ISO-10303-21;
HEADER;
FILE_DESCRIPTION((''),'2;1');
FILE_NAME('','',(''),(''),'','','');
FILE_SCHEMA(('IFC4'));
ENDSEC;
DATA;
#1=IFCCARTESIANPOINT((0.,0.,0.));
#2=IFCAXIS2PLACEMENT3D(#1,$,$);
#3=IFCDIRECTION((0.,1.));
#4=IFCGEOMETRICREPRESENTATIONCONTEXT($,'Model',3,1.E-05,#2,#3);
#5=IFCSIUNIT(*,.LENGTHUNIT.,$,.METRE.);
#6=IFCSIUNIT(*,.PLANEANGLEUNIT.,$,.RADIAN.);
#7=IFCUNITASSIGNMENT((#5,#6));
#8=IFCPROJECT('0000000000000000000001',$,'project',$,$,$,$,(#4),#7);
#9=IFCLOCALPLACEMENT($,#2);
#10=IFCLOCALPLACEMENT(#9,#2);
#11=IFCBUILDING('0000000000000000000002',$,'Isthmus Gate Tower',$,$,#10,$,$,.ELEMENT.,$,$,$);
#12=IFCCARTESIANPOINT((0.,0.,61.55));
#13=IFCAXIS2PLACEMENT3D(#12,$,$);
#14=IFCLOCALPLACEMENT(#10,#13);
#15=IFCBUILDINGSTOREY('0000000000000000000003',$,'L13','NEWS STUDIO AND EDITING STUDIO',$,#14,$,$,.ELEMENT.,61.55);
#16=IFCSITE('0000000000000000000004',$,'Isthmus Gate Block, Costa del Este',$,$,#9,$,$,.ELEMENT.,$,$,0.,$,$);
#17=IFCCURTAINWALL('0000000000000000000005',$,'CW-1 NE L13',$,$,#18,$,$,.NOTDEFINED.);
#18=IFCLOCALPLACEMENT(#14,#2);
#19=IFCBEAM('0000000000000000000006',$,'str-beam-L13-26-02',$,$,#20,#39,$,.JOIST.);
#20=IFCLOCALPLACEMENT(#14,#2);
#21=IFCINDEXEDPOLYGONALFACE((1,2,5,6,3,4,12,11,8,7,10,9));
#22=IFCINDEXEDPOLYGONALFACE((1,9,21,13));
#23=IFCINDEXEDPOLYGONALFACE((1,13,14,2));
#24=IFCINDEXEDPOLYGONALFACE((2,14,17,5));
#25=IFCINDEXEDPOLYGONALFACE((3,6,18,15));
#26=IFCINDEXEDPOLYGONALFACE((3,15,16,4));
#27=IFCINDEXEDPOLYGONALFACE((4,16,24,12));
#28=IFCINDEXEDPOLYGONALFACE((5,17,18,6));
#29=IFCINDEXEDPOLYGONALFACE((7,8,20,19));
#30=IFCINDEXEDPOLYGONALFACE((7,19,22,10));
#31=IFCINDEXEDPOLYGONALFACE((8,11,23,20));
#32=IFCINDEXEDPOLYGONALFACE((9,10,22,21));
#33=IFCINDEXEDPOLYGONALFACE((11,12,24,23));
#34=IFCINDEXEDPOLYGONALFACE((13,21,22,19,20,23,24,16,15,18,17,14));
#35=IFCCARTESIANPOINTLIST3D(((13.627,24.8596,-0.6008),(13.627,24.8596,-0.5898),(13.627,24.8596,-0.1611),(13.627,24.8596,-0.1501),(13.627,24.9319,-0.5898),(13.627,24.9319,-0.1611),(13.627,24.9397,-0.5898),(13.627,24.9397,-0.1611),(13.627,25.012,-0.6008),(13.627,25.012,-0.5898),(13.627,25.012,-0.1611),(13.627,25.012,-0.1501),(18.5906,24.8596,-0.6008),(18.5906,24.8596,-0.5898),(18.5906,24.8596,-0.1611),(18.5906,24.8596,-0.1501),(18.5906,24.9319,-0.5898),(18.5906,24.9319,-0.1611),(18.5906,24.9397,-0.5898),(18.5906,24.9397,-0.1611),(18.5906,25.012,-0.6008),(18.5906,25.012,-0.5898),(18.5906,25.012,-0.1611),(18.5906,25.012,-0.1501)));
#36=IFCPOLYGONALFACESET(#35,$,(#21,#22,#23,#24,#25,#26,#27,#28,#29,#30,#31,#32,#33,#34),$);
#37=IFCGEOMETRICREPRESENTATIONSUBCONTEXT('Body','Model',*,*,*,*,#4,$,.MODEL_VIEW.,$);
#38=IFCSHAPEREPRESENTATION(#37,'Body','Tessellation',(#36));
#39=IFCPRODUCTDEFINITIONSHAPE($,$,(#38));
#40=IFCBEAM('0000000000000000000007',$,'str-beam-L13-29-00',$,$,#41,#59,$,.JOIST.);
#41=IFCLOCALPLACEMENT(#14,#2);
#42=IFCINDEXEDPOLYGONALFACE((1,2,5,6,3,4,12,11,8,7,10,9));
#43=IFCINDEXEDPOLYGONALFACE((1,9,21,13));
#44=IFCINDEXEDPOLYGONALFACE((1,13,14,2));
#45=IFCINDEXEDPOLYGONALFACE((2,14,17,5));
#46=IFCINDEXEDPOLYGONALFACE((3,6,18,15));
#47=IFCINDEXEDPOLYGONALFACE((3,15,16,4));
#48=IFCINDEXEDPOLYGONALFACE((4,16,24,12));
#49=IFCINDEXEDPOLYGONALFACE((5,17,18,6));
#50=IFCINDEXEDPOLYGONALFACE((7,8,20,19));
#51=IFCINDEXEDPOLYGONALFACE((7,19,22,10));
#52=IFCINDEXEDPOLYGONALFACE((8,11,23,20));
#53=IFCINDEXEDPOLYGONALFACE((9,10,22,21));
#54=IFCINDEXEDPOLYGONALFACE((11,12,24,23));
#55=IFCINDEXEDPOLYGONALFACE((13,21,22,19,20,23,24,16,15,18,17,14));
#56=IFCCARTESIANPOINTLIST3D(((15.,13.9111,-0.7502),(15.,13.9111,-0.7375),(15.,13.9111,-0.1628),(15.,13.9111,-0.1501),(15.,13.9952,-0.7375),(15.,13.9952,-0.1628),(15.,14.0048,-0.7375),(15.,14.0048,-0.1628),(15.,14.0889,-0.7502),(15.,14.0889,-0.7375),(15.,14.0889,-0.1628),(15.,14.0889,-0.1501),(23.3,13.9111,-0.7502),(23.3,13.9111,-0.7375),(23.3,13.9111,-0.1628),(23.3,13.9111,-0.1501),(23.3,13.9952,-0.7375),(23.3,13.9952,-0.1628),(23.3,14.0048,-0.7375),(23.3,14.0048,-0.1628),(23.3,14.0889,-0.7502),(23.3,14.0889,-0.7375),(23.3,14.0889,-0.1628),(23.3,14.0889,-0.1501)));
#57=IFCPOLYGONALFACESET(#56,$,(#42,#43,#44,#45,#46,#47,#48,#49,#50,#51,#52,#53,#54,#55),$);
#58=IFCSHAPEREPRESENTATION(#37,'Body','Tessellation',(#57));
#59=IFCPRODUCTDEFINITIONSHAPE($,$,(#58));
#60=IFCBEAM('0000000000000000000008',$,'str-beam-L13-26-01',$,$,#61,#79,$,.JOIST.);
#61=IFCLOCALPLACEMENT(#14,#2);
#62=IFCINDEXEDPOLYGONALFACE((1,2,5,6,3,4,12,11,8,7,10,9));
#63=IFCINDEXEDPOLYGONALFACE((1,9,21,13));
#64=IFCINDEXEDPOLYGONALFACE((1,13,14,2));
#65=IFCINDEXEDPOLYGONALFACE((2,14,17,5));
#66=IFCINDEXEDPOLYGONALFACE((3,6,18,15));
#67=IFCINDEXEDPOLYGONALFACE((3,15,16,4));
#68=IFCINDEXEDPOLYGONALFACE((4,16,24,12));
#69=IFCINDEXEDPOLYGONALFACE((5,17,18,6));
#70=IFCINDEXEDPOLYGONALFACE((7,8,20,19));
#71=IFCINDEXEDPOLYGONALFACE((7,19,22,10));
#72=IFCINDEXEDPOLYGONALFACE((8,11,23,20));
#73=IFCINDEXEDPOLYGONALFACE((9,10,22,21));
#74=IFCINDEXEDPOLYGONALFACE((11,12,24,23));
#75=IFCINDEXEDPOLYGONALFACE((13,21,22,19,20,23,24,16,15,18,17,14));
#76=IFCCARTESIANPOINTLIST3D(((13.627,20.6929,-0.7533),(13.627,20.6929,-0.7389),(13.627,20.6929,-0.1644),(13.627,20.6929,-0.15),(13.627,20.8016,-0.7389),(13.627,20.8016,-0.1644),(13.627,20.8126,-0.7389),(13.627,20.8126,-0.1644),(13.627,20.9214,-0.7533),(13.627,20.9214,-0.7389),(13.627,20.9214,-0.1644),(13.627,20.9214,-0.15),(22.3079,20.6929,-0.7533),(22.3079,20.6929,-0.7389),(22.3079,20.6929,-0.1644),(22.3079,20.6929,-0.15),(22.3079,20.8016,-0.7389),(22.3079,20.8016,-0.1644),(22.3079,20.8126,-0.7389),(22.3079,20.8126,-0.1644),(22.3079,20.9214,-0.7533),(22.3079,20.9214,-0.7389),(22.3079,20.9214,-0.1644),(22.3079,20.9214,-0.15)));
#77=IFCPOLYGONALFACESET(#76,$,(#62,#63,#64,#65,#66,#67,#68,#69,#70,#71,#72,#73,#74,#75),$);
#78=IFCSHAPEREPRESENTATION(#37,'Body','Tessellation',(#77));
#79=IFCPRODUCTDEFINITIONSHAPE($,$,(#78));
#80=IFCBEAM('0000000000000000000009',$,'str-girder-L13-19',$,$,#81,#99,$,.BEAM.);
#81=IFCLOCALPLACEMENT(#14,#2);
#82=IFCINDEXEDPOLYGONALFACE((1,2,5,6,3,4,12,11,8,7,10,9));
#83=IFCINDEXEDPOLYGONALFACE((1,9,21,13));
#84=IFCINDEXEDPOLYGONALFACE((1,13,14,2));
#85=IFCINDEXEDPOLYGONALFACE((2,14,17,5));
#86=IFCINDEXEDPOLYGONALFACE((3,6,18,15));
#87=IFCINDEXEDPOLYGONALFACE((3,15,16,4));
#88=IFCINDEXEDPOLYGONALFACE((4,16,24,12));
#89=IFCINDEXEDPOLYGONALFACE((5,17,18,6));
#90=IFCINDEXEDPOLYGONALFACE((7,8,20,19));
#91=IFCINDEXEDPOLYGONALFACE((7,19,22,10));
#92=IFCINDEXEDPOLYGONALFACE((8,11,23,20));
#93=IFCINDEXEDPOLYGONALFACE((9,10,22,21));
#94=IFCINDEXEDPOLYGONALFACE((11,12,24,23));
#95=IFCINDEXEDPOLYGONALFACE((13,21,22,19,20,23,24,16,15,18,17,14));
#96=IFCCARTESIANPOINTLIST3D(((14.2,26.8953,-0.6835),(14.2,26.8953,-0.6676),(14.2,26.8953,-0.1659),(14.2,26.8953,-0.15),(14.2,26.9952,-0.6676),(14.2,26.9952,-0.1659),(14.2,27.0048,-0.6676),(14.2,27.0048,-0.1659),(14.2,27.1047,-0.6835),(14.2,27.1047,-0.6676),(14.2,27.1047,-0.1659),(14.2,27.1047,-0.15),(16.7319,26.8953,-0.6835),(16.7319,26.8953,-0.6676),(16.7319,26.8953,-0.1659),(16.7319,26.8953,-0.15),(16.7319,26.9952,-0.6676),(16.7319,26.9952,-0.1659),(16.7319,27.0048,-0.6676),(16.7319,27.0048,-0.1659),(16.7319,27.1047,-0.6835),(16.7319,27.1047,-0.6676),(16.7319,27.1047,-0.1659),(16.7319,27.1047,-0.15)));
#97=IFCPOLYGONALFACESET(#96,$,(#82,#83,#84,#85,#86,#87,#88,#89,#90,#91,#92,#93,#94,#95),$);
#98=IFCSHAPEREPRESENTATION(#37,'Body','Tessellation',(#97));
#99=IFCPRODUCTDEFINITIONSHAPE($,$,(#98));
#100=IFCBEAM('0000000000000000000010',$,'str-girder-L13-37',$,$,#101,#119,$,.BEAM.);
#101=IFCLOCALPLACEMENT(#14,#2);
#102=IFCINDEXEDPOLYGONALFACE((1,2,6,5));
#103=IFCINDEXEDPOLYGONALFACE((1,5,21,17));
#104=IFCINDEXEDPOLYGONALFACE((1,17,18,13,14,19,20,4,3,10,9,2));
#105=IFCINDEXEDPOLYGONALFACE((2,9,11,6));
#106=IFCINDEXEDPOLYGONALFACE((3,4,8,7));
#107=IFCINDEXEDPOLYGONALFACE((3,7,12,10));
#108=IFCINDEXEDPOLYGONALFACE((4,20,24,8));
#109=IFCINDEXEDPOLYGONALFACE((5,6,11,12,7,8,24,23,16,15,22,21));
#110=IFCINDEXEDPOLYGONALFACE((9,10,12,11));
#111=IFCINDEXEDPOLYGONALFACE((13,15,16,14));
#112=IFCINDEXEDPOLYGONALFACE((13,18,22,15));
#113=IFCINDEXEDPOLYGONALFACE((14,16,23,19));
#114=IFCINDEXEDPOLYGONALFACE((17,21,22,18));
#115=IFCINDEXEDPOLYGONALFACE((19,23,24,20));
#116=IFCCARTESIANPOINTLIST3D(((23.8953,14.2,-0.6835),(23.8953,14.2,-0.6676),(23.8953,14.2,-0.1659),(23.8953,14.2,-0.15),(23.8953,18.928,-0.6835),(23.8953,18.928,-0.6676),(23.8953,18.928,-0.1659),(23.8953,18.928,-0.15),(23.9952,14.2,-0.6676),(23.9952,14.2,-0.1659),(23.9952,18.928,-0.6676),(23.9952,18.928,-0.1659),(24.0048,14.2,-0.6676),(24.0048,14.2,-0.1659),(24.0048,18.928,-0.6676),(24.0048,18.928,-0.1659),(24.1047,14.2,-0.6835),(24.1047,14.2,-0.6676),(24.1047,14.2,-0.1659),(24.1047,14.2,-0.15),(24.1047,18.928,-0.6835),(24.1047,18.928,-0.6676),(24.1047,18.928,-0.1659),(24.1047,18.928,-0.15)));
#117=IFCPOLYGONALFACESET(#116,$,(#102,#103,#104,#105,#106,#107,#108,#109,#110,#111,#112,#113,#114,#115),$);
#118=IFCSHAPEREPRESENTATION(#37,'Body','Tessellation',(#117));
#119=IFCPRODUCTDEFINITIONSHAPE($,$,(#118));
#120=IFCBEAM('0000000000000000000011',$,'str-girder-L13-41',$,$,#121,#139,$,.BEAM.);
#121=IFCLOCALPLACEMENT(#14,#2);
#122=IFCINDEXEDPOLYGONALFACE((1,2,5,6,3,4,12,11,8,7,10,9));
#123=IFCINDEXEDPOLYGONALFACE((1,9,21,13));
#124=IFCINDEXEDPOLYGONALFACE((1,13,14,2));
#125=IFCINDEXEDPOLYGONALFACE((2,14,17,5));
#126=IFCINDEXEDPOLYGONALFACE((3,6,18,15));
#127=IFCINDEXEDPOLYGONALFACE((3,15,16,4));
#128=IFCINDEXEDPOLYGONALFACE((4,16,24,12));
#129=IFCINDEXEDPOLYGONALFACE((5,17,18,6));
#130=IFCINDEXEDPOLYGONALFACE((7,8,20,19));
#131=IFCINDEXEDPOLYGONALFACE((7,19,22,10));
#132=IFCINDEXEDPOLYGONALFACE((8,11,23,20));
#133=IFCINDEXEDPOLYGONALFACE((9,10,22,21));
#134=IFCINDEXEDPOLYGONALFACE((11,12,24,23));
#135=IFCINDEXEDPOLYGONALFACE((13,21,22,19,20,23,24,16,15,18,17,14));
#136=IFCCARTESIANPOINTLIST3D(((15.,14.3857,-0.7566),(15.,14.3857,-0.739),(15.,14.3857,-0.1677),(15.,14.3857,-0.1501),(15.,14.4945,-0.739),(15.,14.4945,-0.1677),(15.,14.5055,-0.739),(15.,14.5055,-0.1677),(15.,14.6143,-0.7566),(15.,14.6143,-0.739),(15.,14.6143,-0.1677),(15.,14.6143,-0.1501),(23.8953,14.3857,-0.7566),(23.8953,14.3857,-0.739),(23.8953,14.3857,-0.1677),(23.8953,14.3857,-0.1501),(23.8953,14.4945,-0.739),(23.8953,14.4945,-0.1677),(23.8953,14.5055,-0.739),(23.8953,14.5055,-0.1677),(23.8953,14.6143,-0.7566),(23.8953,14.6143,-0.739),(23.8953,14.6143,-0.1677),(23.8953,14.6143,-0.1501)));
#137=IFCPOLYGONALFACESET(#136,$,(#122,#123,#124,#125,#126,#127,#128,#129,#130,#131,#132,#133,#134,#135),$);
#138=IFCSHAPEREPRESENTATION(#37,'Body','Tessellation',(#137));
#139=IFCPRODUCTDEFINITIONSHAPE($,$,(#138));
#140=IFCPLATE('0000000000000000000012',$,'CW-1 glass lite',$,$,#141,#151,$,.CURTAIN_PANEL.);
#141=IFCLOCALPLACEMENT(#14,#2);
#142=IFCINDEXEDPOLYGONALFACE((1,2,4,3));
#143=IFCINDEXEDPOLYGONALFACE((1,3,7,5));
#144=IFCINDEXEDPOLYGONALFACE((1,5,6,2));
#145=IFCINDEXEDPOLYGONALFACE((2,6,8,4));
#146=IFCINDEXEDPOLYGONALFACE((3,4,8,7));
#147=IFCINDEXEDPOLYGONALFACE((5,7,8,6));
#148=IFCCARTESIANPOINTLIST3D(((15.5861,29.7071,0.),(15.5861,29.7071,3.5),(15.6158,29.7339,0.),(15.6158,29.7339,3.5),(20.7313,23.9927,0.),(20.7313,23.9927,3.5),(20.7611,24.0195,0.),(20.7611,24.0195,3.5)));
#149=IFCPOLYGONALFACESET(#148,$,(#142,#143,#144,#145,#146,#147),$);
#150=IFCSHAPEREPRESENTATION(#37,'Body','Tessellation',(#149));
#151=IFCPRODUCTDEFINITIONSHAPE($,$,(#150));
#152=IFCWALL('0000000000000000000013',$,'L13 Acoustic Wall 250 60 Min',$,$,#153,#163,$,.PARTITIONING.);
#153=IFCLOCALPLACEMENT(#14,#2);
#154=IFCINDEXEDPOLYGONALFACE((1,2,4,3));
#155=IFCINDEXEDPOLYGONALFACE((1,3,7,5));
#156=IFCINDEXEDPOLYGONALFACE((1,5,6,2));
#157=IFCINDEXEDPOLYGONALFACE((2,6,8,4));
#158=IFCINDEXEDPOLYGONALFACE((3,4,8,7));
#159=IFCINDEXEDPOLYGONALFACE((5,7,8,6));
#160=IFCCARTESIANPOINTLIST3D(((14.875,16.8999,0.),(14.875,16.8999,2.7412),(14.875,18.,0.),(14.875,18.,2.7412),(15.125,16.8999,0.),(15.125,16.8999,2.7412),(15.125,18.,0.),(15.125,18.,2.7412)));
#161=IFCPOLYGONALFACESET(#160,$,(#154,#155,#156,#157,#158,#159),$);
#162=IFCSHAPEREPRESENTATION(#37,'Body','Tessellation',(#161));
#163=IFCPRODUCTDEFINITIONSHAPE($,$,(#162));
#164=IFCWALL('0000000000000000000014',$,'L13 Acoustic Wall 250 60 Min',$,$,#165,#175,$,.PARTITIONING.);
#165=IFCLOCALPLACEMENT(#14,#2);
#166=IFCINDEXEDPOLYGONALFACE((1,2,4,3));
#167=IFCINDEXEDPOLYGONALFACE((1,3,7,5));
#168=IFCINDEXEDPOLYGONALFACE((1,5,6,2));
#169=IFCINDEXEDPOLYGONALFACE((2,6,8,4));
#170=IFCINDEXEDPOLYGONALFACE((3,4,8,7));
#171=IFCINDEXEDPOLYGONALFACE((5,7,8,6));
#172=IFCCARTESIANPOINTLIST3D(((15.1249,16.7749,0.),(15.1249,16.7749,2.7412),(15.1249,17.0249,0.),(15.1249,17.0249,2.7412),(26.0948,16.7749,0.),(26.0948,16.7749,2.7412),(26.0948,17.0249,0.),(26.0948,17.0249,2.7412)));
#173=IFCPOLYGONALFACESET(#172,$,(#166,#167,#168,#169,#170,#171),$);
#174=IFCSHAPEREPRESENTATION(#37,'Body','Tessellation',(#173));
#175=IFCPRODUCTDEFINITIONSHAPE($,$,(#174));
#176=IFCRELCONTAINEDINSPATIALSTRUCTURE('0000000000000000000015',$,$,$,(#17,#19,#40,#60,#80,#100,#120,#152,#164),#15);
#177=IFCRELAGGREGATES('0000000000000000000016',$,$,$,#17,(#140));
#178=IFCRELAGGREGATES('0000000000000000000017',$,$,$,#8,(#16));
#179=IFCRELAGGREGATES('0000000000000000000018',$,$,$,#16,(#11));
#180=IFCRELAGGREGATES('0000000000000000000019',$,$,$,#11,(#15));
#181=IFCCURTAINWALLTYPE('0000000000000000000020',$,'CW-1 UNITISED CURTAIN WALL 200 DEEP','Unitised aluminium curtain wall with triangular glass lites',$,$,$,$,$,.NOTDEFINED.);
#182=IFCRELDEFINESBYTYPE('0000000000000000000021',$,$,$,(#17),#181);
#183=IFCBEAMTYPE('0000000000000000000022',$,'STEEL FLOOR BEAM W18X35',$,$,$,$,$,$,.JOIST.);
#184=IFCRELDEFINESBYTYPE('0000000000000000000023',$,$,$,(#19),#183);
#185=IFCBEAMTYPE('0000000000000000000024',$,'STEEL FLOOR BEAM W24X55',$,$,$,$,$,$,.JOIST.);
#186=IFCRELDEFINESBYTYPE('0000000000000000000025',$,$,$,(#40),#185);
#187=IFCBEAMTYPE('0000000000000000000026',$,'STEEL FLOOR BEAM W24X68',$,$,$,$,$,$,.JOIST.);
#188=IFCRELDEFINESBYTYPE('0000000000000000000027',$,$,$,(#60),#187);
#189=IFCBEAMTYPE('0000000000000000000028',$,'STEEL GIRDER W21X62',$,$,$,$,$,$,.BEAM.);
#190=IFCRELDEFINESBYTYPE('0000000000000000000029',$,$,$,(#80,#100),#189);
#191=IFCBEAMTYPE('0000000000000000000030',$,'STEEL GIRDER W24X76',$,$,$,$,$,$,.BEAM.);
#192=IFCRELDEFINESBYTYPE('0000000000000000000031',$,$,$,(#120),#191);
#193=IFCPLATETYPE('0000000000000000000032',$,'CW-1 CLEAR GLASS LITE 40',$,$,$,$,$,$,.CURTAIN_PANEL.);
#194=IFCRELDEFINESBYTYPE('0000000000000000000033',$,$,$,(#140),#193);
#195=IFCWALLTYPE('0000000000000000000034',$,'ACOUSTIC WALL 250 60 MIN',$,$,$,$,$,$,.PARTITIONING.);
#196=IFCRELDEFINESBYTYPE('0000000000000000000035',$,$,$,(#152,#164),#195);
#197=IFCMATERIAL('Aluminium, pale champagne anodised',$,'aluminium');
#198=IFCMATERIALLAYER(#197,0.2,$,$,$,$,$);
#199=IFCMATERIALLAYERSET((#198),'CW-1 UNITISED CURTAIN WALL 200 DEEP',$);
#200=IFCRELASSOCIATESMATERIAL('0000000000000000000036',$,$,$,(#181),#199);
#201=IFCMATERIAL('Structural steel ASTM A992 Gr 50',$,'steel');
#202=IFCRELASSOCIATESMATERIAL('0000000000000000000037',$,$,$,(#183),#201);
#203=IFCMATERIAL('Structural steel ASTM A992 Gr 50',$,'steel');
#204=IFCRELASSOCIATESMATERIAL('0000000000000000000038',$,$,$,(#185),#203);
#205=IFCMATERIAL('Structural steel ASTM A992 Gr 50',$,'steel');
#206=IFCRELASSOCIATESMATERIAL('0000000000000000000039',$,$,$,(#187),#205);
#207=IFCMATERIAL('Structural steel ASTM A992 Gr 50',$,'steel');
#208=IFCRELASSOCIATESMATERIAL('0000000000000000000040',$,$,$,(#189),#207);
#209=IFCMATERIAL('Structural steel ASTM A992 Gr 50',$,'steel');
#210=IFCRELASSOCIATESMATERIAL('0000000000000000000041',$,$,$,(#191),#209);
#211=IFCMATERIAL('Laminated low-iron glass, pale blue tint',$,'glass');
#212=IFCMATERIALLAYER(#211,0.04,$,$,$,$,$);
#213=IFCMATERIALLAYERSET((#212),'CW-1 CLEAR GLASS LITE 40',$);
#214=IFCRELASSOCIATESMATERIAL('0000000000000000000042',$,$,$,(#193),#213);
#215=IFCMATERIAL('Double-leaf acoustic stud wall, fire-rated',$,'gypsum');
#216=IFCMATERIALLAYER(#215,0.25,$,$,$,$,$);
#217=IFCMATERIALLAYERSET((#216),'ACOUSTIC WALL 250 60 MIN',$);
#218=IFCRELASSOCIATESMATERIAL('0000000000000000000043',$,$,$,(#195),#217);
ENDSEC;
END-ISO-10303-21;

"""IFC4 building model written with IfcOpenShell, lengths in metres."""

from ifc_helpers import new_model, si_unit, direction, frame, frame_2d, origin, origin_2d, place, context, subcontext, project, spatial, rectangle, i_section, extrude, material, layer, layer_set, material_profile, profile_set, type_object, element, aggregate, save


model = new_model("IFC4")

# Units and contexts
model_context = context("Model", 3, precision=1e-05, world=origin(), true_north=direction((0.0, 1.0)))
body_context = subcontext(model_context, "Body", "Model", "MODEL_VIEW")
ifc_project = project(units=[si_unit("LENGTHUNIT", "METRE"), si_unit("PLANEANGLEUNIT", "RADIAN")], contexts=[model_context])

# Site, building, storey
site_placement = place(None, origin())
site = spatial("IfcSite", under=ifc_project, at=site_placement, Name="Isthmus Gate Block, Costa del Este", CompositionType="ELEMENT", RefElevation=0.0)
building_placement = place(site_placement, origin())
building = spatial("IfcBuilding", under=site, at=building_placement, Name="Isthmus Gate Tower", CompositionType="ELEMENT")
storey_placement = place(building_placement, frame((0.0, 0.0, 61.55)))
storey = spatial("IfcBuildingStorey", under=building, at=storey_placement, Name="L13", Description="NEWS STUDIO AND EDITING STUDIO", CompositionType="ELEMENT", Elevation=61.55)

# Curtain wall
ifc_material_1 = material(Name="Aluminium, pale champagne anodised", Category="aluminium")
ifc_layer_1 = layer(ifc_material_1, 0.2)
ifc_layer_set_1 = layer_set([ifc_layer_1], Name="CW-1 UNITISED CURTAIN WALL 200 DEEP")
curtain_wall_type = type_object("IfcCurtainWallType", Name="CW-1 UNITISED CURTAIN WALL 200 DEEP", Description="Unitised aluminium curtain wall with triangular glass lites", PredefinedType="NOTDEFINED", material=ifc_layer_set_1)
curtain_wall_1_placement = place(storey_placement, origin())
curtain_wall_1 = element("IfcCurtainWall", 1, at=curtain_wall_1_placement, inside=storey, type_object=curtain_wall_type, Name="CW-1 NE L13", PredefinedType="NOTDEFINED")

# Beams
ifc_material_2 = material(Name="Structural steel ASTM A992 Gr 50", Category="steel")
ifc_material_profile_1 = material_profile(ifc_material_2, i_section(OverallWidth=0.1523, OverallDepth=0.4507, WebThickness=0.0078, FlangeThickness=0.011, at=origin_2d()), Name="W18X35")
ifc_profile_set_1 = profile_set([ifc_material_profile_1], Name="Structural steel ASTM A992 Gr 50")
beam_type_1 = type_object("IfcBeamType", Name="STEEL FLOOR BEAM W18X35", PredefinedType="JOIST", material=ifc_profile_set_1)
beam_1_placement = place(storey_placement, frame((13.627, 24.9358, -0.3755), z_axis=(1.0, 0.0, 0.0), x_axis=(0.0, 1.0, 0.0)))
element("IfcBeam", 2, at=beam_1_placement, inside=storey, type_object=beam_type_1, Name="str-beam-L13-26-02", PredefinedType="JOIST", context=body_context, shape_type="SweptSolid", body=[
    extrude(i_section(OverallWidth=0.1523, OverallDepth=0.4507, WebThickness=0.0078, FlangeThickness=0.011, at=origin_2d()), origin(), (0.0, 0.0, 1.0), 4.9636),
])
ifc_material_3 = material(Name="Structural steel ASTM A992 Gr 50", Category="steel")
ifc_material_profile_2 = material_profile(ifc_material_3, i_section(OverallWidth=0.1777, OverallDepth=0.6001, WebThickness=0.0095, FlangeThickness=0.0127, at=origin_2d()), Name="W24X55")
ifc_profile_set_2 = profile_set([ifc_material_profile_2], Name="Structural steel ASTM A992 Gr 50")
beam_type_2 = type_object("IfcBeamType", Name="STEEL FLOOR BEAM W24X55", PredefinedType="JOIST", material=ifc_profile_set_2)
beam_2_placement = place(storey_placement, frame((15.0, 14.0, -0.4502), z_axis=(1.0, 0.0, 0.0), x_axis=(0.0, 1.0, 0.0)))
element("IfcBeam", 3, at=beam_2_placement, inside=storey, type_object=beam_type_2, Name="str-beam-L13-29-00", PredefinedType="JOIST", context=body_context, shape_type="SweptSolid", body=[
    extrude(i_section(OverallWidth=0.1777, OverallDepth=0.6001, WebThickness=0.0095, FlangeThickness=0.0127, at=origin_2d()), origin(), (0.0, 0.0, 1.0), 8.3),
])
ifc_material_4 = material(Name="Structural steel ASTM A992 Gr 50", Category="steel")
ifc_material_profile_3 = material_profile(ifc_material_4, i_section(OverallWidth=0.2285, OverallDepth=0.6033, WebThickness=0.011, FlangeThickness=0.0144, at=origin_2d()), Name="W24X68")
ifc_profile_set_3 = profile_set([ifc_material_profile_3], Name="Structural steel ASTM A992 Gr 50")
beam_type_3 = type_object("IfcBeamType", Name="STEEL FLOOR BEAM W24X68", PredefinedType="JOIST", material=ifc_profile_set_3)
beam_3_placement = place(storey_placement, frame((13.627, 20.8071, -0.4517), z_axis=(1.0, 0.0, 0.0), x_axis=(0.0, 1.0, 0.0)))
element("IfcBeam", 4, at=beam_3_placement, inside=storey, type_object=beam_type_3, Name="str-beam-L13-26-01", PredefinedType="JOIST", context=body_context, shape_type="SweptSolid", body=[
    extrude(i_section(OverallWidth=0.2285, OverallDepth=0.6033, WebThickness=0.011, FlangeThickness=0.0144, at=origin_2d()), origin(), (0.0, 0.0, 1.0), 8.6809),
])
ifc_material_5 = material(Name="Structural steel ASTM A992 Gr 50", Category="steel")
ifc_material_profile_4 = material_profile(ifc_material_5, i_section(OverallWidth=0.2095, OverallDepth=0.5334, WebThickness=0.0095, FlangeThickness=0.0159, at=origin_2d()), Name="W21X62")
ifc_profile_set_4 = profile_set([ifc_material_profile_4], Name="Structural steel ASTM A992 Gr 50")
beam_type_4 = type_object("IfcBeamType", Name="STEEL GIRDER W21X62", PredefinedType="BEAM", material=ifc_profile_set_4)
beam_4_placement = place(storey_placement, frame((14.2, 27.0, -0.4167), z_axis=(1.0, 0.0, 0.0), x_axis=(0.0, 1.0, 0.0)))
element("IfcBeam", 5, at=beam_4_placement, inside=storey, type_object=beam_type_4, Name="str-girder-L13-19", PredefinedType="BEAM", context=body_context, shape_type="SweptSolid", body=[
    extrude(i_section(OverallWidth=0.2095, OverallDepth=0.5334, WebThickness=0.0095, FlangeThickness=0.0159, at=origin_2d()), origin(), (0.0, 0.0, 1.0), 2.532),
])
beam_5_placement = place(storey_placement, frame((24.0, 14.2, -0.4167), z_axis=(0.0, 1.0, 0.0), x_axis=(-1.0, 0.0, 0.0)))
element("IfcBeam", 6, at=beam_5_placement, inside=storey, type_object=beam_type_4, Name="str-girder-L13-37", PredefinedType="BEAM", context=body_context, shape_type="SweptSolid", body=[
    extrude(i_section(OverallWidth=0.2095, OverallDepth=0.5334, WebThickness=0.0095, FlangeThickness=0.0159, at=origin_2d()), origin(), (0.0, 0.0, 1.0), 4.728),
])
ifc_material_6 = material(Name="Structural steel ASTM A992 Gr 50", Category="steel")
ifc_material_profile_5 = material_profile(ifc_material_6, i_section(OverallWidth=0.2285, OverallDepth=0.6064, WebThickness=0.011, FlangeThickness=0.0176, at=origin_2d()), Name="W24X76")
ifc_profile_set_5 = profile_set([ifc_material_profile_5], Name="Structural steel ASTM A992 Gr 50")
beam_type_5 = type_object("IfcBeamType", Name="STEEL GIRDER W24X76", PredefinedType="BEAM", material=ifc_profile_set_5)
beam_6_placement = place(storey_placement, frame((15.0, 14.5, -0.4534), z_axis=(1.0, 0.0, 0.0), x_axis=(0.0, 1.0, 0.0)))
element("IfcBeam", 7, at=beam_6_placement, inside=storey, type_object=beam_type_5, Name="str-girder-L13-41", PredefinedType="BEAM", context=body_context, shape_type="SweptSolid", body=[
    extrude(i_section(OverallWidth=0.2285, OverallDepth=0.6064, WebThickness=0.011, FlangeThickness=0.0176, at=origin_2d()), origin(), (0.0, 0.0, 1.0), 8.8953),
])

# Plate
ifc_material_7 = material(Name="Laminated low-iron glass, pale blue tint", Category="glass")
ifc_layer_2 = layer(ifc_material_7, 0.04)
ifc_layer_set_2 = layer_set([ifc_layer_2], Name="CW-1 CLEAR GLASS LITE 40")
plate_type = type_object("IfcPlateType", Name="CW-1 CLEAR GLASS LITE 40", PredefinedType="CURTAIN_PANEL", material=ifc_layer_set_2)
plate_placement = place(storey_placement, frame((18.1736, 26.8633, 0.0), z_axis=(0.0, 0.0, 1.0), x_axis=(-0.669131, 0.743145, 0.0)))
plate = element("IfcPlate", 8, at=plate_placement, type_object=plate_type, Name="CW-1 glass lite", PredefinedType="CURTAIN_PANEL", context=body_context, shape_type="SweptSolid", body=[
    extrude(rectangle(XDim=7.6895, YDim=0.04, at=origin_2d()), origin(), (0.0, 0.0, 1.0), 3.5),
])

# Walls
ifc_material_8 = material(Name="Double-leaf acoustic stud wall, fire-rated", Category="gypsum")
ifc_layer_3 = layer(ifc_material_8, 0.25)
ifc_layer_set_3 = layer_set([ifc_layer_3], Name="ACOUSTIC WALL 250 60 MIN")
wall_type_1 = type_object("IfcWallType", Name="ACOUSTIC WALL 250 60 MIN", PredefinedType="PARTITIONING", material=ifc_layer_set_3)
wall_1_placement = place(storey_placement, frame((15.0, 18.0, 0.0), z_axis=(0.0, 0.0, 1.0), x_axis=(0.0, -1.0, 0.0)))
element("IfcWall", 9, at=wall_1_placement, inside=storey, type_object=wall_type_1, Name="L13 Acoustic Wall 250 60 Min", PredefinedType="PARTITIONING", context=body_context, shape_type="SweptSolid", body=[
    extrude(rectangle(XDim=1.1001, YDim=0.25, at=frame_2d((0.55, 0.0))), origin(), (0.0, 0.0, 1.0), 2.7412),
])
wall_2_placement = place(storey_placement, frame((15.125, 16.8999, 0.0), z_axis=(0.0, 0.0, 1.0), x_axis=(1.0, 0.0, 0.0)))
element("IfcWall", 10, at=wall_2_placement, inside=storey, type_object=wall_type_1, Name="L13 Acoustic Wall 250 60 Min", PredefinedType="PARTITIONING", context=body_context, shape_type="SweptSolid", body=[
    extrude(rectangle(XDim=10.97, YDim=0.25, at=frame_2d((5.4849, 0.0))), origin(), (0.0, 0.0, 1.0), 2.7412),
])

aggregate(curtain_wall_1, [plate])

save(model, "model.ifc")
